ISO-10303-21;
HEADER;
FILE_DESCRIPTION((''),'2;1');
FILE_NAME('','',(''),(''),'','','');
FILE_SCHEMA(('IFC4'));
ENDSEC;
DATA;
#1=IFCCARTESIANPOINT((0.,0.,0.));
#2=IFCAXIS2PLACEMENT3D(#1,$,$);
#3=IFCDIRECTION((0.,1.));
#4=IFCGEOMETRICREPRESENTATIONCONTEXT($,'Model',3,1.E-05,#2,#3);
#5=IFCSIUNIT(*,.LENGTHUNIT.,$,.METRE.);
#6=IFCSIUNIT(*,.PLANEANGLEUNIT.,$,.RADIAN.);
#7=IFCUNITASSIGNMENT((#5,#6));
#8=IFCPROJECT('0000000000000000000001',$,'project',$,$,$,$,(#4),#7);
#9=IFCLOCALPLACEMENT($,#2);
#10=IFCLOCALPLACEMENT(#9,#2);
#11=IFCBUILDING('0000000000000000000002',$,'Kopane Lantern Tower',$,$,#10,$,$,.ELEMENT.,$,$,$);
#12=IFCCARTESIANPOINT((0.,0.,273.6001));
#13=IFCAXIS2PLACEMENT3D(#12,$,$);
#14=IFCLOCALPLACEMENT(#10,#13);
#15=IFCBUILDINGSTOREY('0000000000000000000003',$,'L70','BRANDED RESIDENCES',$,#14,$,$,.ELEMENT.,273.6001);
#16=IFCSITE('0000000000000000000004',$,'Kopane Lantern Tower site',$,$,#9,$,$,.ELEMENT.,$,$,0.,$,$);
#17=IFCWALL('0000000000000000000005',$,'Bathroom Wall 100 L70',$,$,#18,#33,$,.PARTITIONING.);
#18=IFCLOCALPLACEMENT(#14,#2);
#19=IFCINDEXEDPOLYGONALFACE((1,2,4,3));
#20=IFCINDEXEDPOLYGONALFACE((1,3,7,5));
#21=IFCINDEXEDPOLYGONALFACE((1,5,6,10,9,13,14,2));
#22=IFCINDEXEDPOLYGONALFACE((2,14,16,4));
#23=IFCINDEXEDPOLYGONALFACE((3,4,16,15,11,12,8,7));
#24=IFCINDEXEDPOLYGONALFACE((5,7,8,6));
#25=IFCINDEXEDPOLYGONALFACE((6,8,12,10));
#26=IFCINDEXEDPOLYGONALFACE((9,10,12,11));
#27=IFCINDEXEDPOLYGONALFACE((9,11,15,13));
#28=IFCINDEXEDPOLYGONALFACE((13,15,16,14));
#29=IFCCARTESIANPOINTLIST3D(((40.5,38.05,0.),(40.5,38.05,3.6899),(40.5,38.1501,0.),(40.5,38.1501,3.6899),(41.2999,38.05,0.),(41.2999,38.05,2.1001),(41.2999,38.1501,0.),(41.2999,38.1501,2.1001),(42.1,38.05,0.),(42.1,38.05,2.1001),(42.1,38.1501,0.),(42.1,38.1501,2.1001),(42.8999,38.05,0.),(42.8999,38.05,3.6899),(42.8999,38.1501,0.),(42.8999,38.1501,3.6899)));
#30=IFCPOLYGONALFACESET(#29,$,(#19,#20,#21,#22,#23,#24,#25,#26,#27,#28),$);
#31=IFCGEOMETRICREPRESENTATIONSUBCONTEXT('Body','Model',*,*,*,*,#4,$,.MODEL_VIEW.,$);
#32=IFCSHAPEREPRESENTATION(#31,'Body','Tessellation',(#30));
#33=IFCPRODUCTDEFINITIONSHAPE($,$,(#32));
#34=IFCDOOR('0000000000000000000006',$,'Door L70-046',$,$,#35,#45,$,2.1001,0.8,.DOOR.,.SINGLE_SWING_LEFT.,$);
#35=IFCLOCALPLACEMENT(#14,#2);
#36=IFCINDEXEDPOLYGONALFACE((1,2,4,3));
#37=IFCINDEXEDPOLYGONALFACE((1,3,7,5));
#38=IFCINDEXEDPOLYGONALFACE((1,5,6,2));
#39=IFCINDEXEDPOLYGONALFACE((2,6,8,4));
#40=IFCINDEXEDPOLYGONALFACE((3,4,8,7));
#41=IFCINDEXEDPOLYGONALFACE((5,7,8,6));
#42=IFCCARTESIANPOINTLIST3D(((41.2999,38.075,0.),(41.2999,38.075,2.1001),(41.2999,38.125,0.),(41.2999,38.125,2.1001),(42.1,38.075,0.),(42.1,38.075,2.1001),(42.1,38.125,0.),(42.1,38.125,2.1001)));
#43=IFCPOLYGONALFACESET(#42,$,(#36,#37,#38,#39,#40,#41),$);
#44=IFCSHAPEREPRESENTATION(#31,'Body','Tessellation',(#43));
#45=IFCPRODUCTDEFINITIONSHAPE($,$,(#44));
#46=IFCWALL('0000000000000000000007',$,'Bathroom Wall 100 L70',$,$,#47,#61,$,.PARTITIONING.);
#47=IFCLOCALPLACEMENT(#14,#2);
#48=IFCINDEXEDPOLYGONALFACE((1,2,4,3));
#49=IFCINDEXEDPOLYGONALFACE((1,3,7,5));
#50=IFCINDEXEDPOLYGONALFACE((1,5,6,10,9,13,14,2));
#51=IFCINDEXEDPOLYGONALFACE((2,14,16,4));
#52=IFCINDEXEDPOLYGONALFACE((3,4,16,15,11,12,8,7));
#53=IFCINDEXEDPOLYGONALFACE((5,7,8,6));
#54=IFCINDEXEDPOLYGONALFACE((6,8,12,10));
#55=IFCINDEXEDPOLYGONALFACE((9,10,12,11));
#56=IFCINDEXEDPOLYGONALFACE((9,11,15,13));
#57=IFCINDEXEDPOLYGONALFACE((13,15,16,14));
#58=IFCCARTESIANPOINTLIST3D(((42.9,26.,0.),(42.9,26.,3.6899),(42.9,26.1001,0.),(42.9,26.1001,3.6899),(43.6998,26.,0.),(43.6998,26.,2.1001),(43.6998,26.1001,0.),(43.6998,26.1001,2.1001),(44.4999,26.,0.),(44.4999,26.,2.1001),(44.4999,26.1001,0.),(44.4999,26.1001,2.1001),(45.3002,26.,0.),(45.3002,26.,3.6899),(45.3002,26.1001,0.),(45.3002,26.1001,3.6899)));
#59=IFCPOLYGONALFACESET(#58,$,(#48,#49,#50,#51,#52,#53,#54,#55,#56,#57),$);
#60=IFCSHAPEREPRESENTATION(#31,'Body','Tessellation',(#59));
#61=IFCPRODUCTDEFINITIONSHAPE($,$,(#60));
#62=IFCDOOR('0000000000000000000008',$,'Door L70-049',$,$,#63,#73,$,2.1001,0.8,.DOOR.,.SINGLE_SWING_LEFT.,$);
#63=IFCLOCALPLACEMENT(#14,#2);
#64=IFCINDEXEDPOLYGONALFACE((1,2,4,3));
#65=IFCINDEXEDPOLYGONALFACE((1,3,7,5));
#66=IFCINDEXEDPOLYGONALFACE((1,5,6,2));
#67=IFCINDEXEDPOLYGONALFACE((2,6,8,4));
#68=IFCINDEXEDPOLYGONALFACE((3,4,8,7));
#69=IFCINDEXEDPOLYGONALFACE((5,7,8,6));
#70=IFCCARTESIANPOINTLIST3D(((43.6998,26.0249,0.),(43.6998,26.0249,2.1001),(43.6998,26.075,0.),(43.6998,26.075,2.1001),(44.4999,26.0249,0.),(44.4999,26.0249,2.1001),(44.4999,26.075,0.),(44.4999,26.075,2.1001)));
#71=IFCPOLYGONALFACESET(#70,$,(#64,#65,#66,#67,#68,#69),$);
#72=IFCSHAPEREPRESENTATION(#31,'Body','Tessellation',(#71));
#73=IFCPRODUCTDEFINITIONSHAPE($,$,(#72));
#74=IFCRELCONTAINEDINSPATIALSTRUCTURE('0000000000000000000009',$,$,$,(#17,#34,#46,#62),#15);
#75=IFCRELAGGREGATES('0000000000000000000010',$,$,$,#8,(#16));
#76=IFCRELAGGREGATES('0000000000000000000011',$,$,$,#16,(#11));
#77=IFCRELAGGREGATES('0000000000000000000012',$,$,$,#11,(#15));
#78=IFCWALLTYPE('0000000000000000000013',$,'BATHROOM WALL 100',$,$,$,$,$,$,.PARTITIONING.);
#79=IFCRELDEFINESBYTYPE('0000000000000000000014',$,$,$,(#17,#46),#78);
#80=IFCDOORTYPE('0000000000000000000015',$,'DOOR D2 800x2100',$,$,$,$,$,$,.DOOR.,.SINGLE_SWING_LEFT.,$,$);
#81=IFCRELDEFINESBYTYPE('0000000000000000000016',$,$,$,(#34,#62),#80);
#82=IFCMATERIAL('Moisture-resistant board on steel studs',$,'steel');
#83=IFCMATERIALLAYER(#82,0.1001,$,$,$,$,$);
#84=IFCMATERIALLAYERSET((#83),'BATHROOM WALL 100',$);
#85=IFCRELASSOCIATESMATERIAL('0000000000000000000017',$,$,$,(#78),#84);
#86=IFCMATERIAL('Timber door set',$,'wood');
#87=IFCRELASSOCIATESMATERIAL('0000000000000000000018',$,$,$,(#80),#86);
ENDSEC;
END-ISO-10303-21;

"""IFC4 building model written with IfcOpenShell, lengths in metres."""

from ifc_helpers import new_model, si_unit, direction, frame, frame_2d, origin, place, context, subcontext, project, spatial, rectangle, extrude, material, layer, layer_set, type_object, element, fill, save


model = new_model("IFC4")

# Units and contexts
model_context = context("Model", 3, precision=1e-05, world=origin(), true_north=direction((0.0, 1.0)))
body_context = subcontext(model_context, "Body", "Model", "MODEL_VIEW")
ifc_project = project(units=[si_unit("LENGTHUNIT", "METRE"), si_unit("PLANEANGLEUNIT", "RADIAN")], contexts=[model_context])

# Site, building, storey
site_placement = place(None, origin())
site = spatial("IfcSite", under=ifc_project, at=site_placement, Name="Kopane Lantern Tower site", CompositionType="ELEMENT", RefElevation=0.0)
building_placement = place(site_placement, origin())
building = spatial("IfcBuilding", under=site, at=building_placement, Name="Kopane Lantern Tower", CompositionType="ELEMENT")
storey_placement = place(building_placement, frame((0.0, 0.0, 273.6001)))
storey = spatial("IfcBuildingStorey", under=building, at=storey_placement, Name="L70", Description="BRANDED RESIDENCES", CompositionType="ELEMENT", Elevation=273.6001)

# Walls, openings, doors
ifc_material_1 = material(Name="Moisture-resistant board on steel studs", Category="steel")
ifc_layer_1 = layer(ifc_material_1, 0.1001)
ifc_layer_set_1 = layer_set([ifc_layer_1], Name="BATHROOM WALL 100")
wall_type_1 = type_object("IfcWallType", Name="BATHROOM WALL 100", PredefinedType="PARTITIONING", material=ifc_layer_set_1)
wall_1_placement = place(storey_placement, frame((40.5, 38.1001, 0.0), z_axis=(0.0, 0.0, 1.0), x_axis=(1.0, 0.0, 0.0)))
wall_1 = element("IfcWall", 1, at=wall_1_placement, inside=storey, type_object=wall_type_1, Name="Bathroom Wall 100 L70", PredefinedType="PARTITIONING", context=body_context, shape_type="SweptSolid", body=[
    extrude(rectangle(XDim=2.3999, YDim=0.1001, at=frame_2d((1.2, 0.0))), origin(), (0.0, 0.0, 1.0), 3.6899),
])
opening_1_placement = place(wall_1_placement, frame((0.8, 0.0, 0.0)))
opening_1 = element("IfcOpeningElement", 2, at=opening_1_placement, cuts=wall_1, PredefinedType="OPENING", context=body_context, shape_type="SweptSolid", body=[
    extrude(rectangle(XDim=0.8, YDim=2.1001, at=frame_2d((0.3999, 1.05))), frame((0.0, 0.0601, 0.0), z_axis=(0.0, -1.0, 0.0), x_axis=(1.0, 0.0, 0.0)), (0.0, 0.0, 1.0), 0.1201),
])
ifc_material_2 = material(Name="Timber door set", Category="wood")
door_type = type_object("IfcDoorType", Name="DOOR D2 800x2100", OperationType="SINGLE_SWING_LEFT", PredefinedType="DOOR", material=ifc_material_2)
door_1_placement = place(opening_1_placement, origin())
door_1 = element("IfcDoor", 3, at=door_1_placement, inside=storey, type_object=door_type, Name="Door L70-046", OperationType="SINGLE_SWING_LEFT", OverallHeight=2.1001, OverallWidth=0.8, PredefinedType="DOOR", context=body_context, shape_type="SweptSolid", body=[
    extrude(rectangle(XDim=0.8, YDim=2.1001, at=frame_2d((0.3999, 1.05))), frame((0.0, 0.0249, 0.0), z_axis=(0.0, -1.0, 0.0), x_axis=(1.0, 0.0, 0.0)), (0.0, 0.0, 1.0), 0.05),
])
fill(opening_1, door_1)
wall_2_placement = place(storey_placement, frame((42.8999, 26.05, 0.0), z_axis=(0.0, 0.0, 1.0), x_axis=(1.0, 0.0, 0.0)))
wall_2 = element("IfcWall", 4, at=wall_2_placement, inside=storey, type_object=wall_type_1, Name="Bathroom Wall 100 L70", PredefinedType="PARTITIONING", context=body_context, shape_type="SweptSolid", body=[
    extrude(rectangle(XDim=2.4001, YDim=0.1001, at=frame_2d((1.2002, 0.0))), origin(), (0.0, 0.0, 1.0), 3.6899),
])
opening_2_placement = place(wall_2_placement, frame((0.8, 0.0, 0.0)))
opening_2 = element("IfcOpeningElement", 5, at=opening_2_placement, cuts=wall_2, PredefinedType="OPENING", context=body_context, shape_type="SweptSolid", body=[
    extrude(rectangle(XDim=0.8, YDim=2.1001, at=frame_2d((0.3999, 1.05))), frame((0.0, 0.0601, 0.0), z_axis=(0.0, -1.0, 0.0), x_axis=(1.0, 0.0, 0.0)), (0.0, 0.0, 1.0), 0.1201),
])
door_2_placement = place(opening_2_placement, origin())
door_2 = element("IfcDoor", 6, at=door_2_placement, inside=storey, type_object=door_type, Name="Door L70-049", OperationType="SINGLE_SWING_LEFT", OverallHeight=2.1001, OverallWidth=0.8, PredefinedType="DOOR", context=body_context, shape_type="SweptSolid", body=[
    extrude(rectangle(XDim=0.8, YDim=2.1001, at=frame_2d((0.3999, 1.05))), frame((0.0, 0.0249, 0.0), z_axis=(0.0, -1.0, 0.0), x_axis=(1.0, 0.0, 0.0)), (0.0, 0.0, 1.0), 0.05),
])
fill(opening_2, door_2)

save(model, "model.ifc")
